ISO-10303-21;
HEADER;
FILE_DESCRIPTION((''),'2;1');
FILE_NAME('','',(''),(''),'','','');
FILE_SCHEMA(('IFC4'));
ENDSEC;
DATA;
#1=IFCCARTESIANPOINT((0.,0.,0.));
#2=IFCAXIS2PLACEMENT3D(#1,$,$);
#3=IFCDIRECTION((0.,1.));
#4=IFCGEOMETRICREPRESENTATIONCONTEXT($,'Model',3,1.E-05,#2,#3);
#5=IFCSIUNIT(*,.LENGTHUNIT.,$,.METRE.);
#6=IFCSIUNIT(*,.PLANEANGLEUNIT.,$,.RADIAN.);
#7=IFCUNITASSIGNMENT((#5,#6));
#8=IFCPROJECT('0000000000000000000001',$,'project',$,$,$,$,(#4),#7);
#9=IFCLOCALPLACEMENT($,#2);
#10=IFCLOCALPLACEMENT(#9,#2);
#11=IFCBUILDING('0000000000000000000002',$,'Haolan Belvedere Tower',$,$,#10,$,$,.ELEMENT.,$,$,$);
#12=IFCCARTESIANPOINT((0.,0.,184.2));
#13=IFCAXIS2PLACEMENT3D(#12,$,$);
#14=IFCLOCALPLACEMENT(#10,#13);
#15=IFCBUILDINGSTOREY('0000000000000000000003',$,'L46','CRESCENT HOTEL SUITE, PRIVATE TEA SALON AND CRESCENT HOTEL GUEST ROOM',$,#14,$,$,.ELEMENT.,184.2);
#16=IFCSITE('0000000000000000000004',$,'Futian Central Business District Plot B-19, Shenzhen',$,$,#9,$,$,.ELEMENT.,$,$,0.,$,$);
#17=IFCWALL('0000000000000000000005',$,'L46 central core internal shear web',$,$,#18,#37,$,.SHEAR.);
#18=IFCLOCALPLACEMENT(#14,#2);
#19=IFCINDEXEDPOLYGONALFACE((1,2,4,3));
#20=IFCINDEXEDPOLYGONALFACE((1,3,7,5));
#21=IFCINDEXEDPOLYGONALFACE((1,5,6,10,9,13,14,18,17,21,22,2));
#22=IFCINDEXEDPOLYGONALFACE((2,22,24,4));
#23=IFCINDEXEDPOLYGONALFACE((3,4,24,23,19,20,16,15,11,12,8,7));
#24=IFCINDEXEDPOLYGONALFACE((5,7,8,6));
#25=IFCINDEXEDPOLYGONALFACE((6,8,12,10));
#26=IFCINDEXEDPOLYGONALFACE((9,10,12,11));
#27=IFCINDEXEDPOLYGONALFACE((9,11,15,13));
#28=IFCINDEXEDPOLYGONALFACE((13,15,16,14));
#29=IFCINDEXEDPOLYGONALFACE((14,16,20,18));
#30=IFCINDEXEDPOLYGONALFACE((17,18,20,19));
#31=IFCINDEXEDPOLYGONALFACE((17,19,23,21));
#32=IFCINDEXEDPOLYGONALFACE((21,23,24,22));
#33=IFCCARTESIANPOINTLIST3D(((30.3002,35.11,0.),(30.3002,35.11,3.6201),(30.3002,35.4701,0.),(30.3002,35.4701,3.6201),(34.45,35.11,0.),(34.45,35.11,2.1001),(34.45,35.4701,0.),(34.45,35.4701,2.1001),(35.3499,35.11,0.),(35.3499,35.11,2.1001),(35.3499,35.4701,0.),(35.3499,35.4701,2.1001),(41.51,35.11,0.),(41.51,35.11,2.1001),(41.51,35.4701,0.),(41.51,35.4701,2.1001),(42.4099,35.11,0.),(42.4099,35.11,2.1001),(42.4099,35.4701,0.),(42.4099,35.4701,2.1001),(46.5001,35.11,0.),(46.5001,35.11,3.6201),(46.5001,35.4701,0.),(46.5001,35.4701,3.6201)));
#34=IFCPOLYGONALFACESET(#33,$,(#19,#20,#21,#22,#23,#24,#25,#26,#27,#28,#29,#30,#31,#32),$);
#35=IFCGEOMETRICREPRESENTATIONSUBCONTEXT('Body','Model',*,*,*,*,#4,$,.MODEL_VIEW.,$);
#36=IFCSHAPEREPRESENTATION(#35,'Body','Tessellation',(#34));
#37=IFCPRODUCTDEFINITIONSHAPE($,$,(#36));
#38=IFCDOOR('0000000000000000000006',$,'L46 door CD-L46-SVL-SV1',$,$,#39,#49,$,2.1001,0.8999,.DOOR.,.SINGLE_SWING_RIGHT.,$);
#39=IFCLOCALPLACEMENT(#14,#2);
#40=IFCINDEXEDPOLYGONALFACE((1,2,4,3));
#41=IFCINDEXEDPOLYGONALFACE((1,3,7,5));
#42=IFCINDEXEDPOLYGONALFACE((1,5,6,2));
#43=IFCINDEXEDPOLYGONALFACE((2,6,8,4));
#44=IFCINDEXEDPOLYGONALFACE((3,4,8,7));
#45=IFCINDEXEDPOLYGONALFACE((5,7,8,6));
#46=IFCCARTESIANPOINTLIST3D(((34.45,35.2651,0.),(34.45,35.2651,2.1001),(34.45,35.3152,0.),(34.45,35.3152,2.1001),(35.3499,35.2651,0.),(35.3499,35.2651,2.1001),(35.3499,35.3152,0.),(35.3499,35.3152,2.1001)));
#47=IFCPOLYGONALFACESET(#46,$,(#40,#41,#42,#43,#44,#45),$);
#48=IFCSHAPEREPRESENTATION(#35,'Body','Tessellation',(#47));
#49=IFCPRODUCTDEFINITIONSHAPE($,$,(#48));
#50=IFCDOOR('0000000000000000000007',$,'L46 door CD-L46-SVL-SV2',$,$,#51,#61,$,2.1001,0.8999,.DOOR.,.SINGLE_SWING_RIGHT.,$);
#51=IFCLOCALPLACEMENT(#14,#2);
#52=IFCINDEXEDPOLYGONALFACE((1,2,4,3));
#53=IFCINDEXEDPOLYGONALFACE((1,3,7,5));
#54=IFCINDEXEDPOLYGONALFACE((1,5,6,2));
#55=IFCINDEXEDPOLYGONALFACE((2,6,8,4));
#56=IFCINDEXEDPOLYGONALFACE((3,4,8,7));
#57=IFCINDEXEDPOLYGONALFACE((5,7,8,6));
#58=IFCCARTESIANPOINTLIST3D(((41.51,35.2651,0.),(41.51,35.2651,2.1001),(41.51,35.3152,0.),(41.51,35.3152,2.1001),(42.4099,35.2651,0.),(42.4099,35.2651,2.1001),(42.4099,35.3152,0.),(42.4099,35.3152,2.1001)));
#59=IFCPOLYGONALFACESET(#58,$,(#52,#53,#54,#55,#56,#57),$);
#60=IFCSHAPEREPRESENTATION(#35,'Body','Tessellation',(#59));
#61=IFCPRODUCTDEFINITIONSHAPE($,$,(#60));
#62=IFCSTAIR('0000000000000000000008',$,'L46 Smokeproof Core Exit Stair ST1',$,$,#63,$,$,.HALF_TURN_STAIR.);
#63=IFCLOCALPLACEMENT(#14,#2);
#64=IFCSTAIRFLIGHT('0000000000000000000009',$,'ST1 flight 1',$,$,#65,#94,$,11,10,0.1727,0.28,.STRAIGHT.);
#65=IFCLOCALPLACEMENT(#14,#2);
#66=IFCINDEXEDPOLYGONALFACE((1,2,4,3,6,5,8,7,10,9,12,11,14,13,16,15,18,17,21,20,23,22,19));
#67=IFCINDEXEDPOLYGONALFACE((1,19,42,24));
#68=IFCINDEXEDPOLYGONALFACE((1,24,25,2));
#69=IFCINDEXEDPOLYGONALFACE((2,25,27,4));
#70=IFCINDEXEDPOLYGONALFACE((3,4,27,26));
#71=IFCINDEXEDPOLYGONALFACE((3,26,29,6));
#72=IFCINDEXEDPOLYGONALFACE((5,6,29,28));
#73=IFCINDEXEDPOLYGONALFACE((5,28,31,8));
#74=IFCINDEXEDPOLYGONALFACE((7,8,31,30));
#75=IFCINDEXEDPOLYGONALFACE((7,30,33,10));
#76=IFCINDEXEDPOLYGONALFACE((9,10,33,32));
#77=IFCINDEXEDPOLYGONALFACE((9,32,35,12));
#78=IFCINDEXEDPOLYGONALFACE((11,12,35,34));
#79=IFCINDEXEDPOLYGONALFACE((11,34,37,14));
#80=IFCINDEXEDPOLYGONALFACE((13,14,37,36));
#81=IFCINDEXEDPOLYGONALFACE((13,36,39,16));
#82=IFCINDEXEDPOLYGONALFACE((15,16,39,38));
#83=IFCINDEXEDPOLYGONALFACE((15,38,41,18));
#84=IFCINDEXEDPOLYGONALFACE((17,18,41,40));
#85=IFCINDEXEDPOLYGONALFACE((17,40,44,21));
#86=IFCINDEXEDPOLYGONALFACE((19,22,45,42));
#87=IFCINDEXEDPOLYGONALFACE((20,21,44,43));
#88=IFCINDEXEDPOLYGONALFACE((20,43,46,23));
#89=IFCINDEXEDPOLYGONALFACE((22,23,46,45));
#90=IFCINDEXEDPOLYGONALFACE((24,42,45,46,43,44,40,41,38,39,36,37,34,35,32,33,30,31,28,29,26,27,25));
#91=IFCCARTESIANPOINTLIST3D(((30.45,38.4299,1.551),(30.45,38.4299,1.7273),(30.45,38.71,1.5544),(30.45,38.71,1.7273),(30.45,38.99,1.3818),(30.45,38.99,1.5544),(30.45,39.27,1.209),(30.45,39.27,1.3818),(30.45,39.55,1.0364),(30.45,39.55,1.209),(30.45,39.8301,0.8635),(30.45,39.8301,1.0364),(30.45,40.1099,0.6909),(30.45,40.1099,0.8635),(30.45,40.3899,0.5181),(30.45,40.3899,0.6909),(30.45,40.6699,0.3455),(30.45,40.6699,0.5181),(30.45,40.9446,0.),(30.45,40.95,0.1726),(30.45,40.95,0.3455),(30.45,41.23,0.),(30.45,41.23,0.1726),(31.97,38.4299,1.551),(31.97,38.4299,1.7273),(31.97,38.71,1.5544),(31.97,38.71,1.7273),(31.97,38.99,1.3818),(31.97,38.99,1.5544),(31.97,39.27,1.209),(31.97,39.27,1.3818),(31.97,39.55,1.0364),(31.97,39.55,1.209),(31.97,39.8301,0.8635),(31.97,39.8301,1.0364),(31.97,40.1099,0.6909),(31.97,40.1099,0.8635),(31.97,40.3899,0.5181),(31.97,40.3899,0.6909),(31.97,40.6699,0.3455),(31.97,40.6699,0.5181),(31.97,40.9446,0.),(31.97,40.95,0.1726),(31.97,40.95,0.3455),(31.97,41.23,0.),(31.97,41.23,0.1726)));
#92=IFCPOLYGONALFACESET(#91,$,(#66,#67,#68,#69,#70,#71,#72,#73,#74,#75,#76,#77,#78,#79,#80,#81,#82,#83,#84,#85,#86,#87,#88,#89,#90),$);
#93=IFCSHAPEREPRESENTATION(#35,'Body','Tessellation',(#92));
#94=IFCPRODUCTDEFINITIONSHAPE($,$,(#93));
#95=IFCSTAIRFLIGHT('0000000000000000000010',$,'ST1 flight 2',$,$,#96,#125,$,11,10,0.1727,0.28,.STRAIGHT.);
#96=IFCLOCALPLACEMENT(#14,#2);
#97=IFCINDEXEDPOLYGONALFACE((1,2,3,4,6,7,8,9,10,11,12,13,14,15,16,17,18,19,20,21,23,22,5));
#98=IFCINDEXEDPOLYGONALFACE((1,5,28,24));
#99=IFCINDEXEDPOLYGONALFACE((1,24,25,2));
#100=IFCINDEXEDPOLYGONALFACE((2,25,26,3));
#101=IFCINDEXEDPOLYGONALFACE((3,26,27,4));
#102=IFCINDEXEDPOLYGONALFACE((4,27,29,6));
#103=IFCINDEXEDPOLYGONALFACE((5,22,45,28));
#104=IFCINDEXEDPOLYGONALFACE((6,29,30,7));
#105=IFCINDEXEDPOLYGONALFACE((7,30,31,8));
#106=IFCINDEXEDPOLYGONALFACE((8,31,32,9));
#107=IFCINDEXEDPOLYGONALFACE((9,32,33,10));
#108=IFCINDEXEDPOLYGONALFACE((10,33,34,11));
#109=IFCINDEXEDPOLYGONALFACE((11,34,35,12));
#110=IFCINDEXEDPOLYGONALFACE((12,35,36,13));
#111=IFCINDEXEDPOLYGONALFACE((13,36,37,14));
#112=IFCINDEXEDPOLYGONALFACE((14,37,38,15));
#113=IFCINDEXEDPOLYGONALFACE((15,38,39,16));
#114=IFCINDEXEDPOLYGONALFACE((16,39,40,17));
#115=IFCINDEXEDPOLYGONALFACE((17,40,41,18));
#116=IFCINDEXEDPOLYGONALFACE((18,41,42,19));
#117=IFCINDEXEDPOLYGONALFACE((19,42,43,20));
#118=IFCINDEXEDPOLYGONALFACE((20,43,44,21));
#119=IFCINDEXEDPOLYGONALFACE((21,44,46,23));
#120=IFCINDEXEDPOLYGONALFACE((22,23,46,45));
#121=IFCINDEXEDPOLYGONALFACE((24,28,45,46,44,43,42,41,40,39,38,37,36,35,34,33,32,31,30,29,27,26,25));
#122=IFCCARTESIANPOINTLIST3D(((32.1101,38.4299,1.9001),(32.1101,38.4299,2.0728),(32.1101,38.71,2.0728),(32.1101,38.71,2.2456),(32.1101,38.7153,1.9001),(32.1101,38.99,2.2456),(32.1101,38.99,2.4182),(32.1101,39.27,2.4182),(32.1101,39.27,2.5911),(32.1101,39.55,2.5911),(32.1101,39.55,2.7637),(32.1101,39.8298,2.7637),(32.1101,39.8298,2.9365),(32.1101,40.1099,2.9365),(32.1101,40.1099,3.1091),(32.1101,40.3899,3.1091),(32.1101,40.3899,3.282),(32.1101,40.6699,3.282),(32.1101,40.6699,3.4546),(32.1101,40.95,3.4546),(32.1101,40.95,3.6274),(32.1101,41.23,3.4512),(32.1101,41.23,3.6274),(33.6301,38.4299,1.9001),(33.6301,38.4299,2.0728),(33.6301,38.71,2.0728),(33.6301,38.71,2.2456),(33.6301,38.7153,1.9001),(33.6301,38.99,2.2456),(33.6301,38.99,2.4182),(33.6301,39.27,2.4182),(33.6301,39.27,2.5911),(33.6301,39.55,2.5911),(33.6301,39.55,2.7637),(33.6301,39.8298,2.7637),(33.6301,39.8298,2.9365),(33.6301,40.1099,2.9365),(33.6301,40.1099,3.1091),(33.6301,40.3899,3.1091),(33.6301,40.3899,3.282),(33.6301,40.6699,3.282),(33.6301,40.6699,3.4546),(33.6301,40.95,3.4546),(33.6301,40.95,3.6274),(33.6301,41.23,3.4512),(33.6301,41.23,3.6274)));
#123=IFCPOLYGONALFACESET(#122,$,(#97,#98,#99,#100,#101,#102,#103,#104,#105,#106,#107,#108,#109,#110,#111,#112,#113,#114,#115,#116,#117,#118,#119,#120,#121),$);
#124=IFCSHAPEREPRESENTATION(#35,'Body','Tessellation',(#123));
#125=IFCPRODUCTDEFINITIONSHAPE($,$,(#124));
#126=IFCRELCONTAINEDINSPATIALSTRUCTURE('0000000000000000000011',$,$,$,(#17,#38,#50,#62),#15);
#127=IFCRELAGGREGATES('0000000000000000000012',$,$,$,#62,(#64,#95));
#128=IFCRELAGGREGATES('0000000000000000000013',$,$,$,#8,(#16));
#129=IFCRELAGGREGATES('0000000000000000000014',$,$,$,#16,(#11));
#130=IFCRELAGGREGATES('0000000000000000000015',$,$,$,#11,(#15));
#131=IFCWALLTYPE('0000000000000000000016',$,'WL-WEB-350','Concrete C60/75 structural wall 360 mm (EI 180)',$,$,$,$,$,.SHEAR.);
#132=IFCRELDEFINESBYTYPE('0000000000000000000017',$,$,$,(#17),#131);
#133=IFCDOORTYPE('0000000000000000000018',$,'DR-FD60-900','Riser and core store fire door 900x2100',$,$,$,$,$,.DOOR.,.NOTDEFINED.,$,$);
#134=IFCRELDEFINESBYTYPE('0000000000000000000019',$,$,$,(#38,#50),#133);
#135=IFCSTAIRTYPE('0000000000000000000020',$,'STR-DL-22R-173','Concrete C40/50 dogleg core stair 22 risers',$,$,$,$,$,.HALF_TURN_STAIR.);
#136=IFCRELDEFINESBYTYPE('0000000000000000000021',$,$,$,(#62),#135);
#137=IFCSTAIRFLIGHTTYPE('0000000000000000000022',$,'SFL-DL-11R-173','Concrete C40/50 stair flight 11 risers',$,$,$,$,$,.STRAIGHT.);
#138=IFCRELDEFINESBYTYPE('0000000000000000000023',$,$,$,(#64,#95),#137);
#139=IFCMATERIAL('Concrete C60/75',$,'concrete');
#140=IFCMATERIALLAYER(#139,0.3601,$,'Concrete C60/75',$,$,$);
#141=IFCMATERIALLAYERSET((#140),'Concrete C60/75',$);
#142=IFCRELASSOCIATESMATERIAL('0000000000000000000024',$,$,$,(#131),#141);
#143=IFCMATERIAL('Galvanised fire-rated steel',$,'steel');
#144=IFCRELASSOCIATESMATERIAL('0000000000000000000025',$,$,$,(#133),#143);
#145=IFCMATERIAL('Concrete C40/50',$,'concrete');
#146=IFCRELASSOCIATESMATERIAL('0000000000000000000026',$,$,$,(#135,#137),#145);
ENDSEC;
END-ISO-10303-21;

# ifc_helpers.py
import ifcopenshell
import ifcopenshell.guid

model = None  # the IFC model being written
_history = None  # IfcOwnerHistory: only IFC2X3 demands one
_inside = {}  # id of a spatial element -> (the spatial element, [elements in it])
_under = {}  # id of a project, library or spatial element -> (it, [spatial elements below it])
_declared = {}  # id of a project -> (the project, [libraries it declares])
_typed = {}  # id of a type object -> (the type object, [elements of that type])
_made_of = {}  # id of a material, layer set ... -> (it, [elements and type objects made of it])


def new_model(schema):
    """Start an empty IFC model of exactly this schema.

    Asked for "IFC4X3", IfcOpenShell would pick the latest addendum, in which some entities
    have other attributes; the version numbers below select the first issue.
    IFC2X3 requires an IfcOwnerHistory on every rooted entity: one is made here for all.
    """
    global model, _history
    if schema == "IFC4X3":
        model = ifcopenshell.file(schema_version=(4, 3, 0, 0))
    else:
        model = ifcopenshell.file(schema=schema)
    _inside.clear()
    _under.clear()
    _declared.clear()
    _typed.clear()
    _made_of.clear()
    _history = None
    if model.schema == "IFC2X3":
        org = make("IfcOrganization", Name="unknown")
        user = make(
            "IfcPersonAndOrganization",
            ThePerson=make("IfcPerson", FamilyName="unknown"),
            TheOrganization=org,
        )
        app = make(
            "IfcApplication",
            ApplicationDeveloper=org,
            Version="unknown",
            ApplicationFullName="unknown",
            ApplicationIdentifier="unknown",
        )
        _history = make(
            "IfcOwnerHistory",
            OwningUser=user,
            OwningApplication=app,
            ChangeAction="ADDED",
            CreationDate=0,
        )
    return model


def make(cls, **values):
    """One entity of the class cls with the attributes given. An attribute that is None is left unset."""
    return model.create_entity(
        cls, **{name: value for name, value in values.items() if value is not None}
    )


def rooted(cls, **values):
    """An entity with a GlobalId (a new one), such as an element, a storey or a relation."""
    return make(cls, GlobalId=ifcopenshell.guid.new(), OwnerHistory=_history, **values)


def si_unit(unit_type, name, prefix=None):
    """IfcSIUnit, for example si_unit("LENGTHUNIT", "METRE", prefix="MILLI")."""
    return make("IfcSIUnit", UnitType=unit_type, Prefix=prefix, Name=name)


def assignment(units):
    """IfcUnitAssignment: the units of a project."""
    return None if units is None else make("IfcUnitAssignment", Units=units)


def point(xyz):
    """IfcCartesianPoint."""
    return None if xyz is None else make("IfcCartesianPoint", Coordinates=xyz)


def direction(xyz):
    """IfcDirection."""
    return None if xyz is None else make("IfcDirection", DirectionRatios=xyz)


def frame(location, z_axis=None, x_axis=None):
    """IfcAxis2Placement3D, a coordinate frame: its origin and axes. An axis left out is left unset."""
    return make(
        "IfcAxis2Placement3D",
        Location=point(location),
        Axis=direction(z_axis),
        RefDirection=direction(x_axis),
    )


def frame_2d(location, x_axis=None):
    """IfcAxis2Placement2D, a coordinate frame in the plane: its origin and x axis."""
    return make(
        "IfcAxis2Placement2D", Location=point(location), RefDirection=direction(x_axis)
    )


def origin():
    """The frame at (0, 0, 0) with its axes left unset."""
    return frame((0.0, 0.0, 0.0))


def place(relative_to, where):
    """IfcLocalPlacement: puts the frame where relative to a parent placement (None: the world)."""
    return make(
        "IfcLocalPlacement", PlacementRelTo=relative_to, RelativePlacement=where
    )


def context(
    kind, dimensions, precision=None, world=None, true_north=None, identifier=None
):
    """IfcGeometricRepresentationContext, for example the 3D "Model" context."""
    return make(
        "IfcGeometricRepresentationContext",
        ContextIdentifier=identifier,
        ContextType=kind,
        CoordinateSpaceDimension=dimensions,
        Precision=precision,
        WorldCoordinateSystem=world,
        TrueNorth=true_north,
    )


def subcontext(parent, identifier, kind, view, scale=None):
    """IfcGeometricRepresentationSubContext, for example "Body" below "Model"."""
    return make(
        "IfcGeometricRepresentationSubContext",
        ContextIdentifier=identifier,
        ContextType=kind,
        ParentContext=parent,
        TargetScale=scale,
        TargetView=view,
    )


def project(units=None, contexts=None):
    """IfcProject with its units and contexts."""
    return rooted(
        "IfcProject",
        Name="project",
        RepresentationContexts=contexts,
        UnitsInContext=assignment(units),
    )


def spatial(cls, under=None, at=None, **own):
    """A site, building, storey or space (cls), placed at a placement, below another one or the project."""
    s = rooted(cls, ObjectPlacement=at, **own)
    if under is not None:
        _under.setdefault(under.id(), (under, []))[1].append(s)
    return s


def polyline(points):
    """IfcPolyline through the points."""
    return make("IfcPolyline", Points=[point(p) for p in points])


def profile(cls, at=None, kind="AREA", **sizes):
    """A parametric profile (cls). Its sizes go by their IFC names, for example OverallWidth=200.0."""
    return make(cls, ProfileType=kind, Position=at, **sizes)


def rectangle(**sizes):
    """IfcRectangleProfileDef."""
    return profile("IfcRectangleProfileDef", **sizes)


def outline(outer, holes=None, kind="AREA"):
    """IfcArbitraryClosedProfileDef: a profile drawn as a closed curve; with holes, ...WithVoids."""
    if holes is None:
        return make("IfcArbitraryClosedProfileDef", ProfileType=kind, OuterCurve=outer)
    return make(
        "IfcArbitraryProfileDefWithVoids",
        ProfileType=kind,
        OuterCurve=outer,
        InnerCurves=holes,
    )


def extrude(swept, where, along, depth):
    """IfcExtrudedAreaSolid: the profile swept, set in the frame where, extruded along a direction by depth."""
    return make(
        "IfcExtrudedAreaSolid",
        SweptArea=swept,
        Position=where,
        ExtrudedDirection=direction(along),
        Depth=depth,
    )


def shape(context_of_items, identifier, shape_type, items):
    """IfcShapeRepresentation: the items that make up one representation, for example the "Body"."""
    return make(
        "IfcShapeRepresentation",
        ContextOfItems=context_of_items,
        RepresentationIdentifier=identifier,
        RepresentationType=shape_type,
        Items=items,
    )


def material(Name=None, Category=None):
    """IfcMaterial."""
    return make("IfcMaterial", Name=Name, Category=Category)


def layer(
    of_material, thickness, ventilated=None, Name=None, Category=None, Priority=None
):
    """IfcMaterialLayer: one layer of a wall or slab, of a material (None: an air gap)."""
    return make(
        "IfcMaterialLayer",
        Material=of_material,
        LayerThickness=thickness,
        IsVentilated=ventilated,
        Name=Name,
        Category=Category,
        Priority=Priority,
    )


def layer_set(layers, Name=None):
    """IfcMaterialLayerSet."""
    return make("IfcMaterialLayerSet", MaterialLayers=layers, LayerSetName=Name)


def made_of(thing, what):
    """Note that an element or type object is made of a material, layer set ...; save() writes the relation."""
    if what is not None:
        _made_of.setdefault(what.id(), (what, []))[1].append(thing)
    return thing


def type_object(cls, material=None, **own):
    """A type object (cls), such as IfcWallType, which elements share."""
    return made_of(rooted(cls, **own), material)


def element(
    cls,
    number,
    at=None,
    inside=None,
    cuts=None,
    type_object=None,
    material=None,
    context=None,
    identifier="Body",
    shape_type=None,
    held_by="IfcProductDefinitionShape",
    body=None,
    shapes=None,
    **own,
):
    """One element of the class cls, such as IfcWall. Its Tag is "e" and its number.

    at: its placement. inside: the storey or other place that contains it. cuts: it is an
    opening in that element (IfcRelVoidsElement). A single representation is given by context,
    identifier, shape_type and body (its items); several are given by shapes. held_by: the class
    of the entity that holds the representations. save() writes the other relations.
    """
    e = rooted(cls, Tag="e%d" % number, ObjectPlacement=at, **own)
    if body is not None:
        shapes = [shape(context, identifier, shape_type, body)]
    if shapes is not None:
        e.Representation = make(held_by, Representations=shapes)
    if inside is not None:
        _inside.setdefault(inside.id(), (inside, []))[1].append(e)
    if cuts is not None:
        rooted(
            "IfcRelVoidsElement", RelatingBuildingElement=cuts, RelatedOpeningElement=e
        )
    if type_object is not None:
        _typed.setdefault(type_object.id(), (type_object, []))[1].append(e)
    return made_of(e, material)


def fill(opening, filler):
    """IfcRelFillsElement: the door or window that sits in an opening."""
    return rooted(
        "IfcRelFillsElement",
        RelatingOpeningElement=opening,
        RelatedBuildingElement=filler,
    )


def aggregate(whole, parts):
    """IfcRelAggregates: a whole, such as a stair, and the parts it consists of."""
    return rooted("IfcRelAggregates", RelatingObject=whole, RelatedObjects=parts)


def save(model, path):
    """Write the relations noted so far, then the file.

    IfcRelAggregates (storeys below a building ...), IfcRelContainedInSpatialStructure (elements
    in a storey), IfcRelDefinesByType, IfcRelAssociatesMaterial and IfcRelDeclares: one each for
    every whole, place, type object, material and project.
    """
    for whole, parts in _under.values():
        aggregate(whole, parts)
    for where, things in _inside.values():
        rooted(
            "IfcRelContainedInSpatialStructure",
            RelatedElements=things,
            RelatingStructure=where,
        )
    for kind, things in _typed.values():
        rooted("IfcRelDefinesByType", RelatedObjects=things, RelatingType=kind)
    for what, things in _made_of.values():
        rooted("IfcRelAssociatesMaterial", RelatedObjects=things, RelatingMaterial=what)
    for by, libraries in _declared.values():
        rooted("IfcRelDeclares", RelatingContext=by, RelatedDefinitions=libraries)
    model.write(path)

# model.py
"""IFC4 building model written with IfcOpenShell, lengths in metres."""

from ifc_helpers import new_model, si_unit, direction, frame, frame_2d, origin, place, context, subcontext, project, spatial, polyline, rectangle, outline, extrude, material, layer, layer_set, type_object, element, fill, aggregate, save


model = new_model("IFC4")

# Units and contexts
model_context = context("Model", 3, precision=1e-05, world=origin(), true_north=direction((0.0, 1.0)))
body_context = subcontext(model_context, "Body", "Model", "MODEL_VIEW")
ifc_project = project(units=[si_unit("LENGTHUNIT", "METRE"), si_unit("PLANEANGLEUNIT", "RADIAN")], contexts=[model_context])

# Site, building, storey
site_placement = place(None, origin())
site = spatial("IfcSite", under=ifc_project, at=site_placement, Name="Futian Central Business District Plot B-19, Shenzhen", CompositionType="ELEMENT", RefElevation=0.0)
building_placement = place(site_placement, origin())
building = spatial("IfcBuilding", under=site, at=building_placement, Name="Haolan Belvedere Tower", CompositionType="ELEMENT")
storey_placement = place(building_placement, frame((0.0, 0.0, 184.2)))
storey = spatial("IfcBuildingStorey", under=building, at=storey_placement, Name="L46", Description="CRESCENT HOTEL SUITE, PRIVATE TEA SALON AND CRESCENT HOTEL GUEST ROOM", CompositionType="ELEMENT", Elevation=184.2)

# Wall, openings, doors
ifc_material_1 = material(Name="Concrete C60/75", Category="concrete")
ifc_layer_1 = layer(ifc_material_1, 0.3601, Name="Concrete C60/75")
ifc_layer_set_1 = layer_set([ifc_layer_1], Name="Concrete C60/75")
wall_type_1 = type_object("IfcWallType", Name="WL-WEB-350", Description="Concrete C60/75 structural wall 360 mm (EI 180)", PredefinedType="SHEAR", material=ifc_layer_set_1)
wall_1_placement = place(storey_placement, frame((30.3, 35.29, 0.0), z_axis=(0.0, 0.0, 1.0), x_axis=(1.0, 0.0, 0.0)))
wall_1 = element("IfcWall", 1, at=wall_1_placement, inside=storey, type_object=wall_type_1, Name="L46 central core internal shear web", PredefinedType="SHEAR", context=body_context, shape_type="SweptSolid", body=[
    extrude(rectangle(XDim=16.2, YDim=0.3601, at=frame_2d((8.1001, 0.0))), origin(), (0.0, 0.0, 1.0), 3.6201),
])
opening_1_placement = place(wall_1_placement, frame((5.0498, 0.0, 0.0), z_axis=(0.0, 0.0, 1.0), x_axis=(-1.0, 0.0, 0.0)))
opening_1 = element("IfcOpeningElement", 2, at=opening_1_placement, cuts=wall_1, PredefinedType="OPENING", context=body_context, shape_type="SweptSolid", body=[
    extrude(rectangle(XDim=0.8999, YDim=2.1001, at=frame_2d((0.45, 1.05))), frame((0.0, 0.1899, 0.0), z_axis=(0.0, -1.0, 0.0), x_axis=(1.0, 0.0, 0.0)), (0.0, 0.0, 1.0), 0.3801),
])
opening_2_placement = place(wall_1_placement, frame((12.1099, 0.0, 0.0), z_axis=(0.0, 0.0, 1.0), x_axis=(-1.0, 0.0, 0.0)))
opening_2 = element("IfcOpeningElement", 3, at=opening_2_placement, cuts=wall_1, PredefinedType="OPENING", context=body_context, shape_type="SweptSolid", body=[
    extrude(rectangle(XDim=0.8999, YDim=2.1001, at=frame_2d((0.45, 1.05))), frame((0.0, 0.1899, 0.0), z_axis=(0.0, -1.0, 0.0), x_axis=(1.0, 0.0, 0.0)), (0.0, 0.0, 1.0), 0.3801),
])
ifc_material_2 = material(Name="Galvanised fire-rated steel", Category="steel")
door_type_1 = type_object("IfcDoorType", Name="DR-FD60-900", Description="Riser and core store fire door 900x2100", OperationType="NOTDEFINED", PredefinedType="DOOR", material=ifc_material_2)
door_1_placement = place(opening_1_placement, origin())
door_1 = element("IfcDoor", 4, at=door_1_placement, inside=storey, type_object=door_type_1, Name="L46 door CD-L46-SVL-SV1", OperationType="SINGLE_SWING_RIGHT", OverallHeight=2.1001, OverallWidth=0.8999, PredefinedType="DOOR", context=body_context, shape_type="SweptSolid", body=[
    extrude(rectangle(XDim=0.8999, YDim=2.1001, at=frame_2d((0.45, 1.05))), frame((0.0, 0.0249, 0.0), z_axis=(0.0, -1.0, 0.0), x_axis=(1.0, 0.0, 0.0)), (0.0, 0.0, 1.0), 0.05),
])
fill(opening_1, door_1)
door_2_placement = place(opening_2_placement, origin())
door_2 = element("IfcDoor", 5, at=door_2_placement, inside=storey, type_object=door_type_1, Name="L46 door CD-L46-SVL-SV2", OperationType="SINGLE_SWING_RIGHT", OverallHeight=2.1001, OverallWidth=0.8999, PredefinedType="DOOR", context=body_context, shape_type="SweptSolid", body=[
    extrude(rectangle(XDim=0.8999, YDim=2.1001, at=frame_2d((0.45, 1.05))), frame((0.0, 0.0249, 0.0), z_axis=(0.0, -1.0, 0.0), x_axis=(1.0, 0.0, 0.0)), (0.0, 0.0, 1.0), 0.05),
])
fill(opening_2, door_2)

# Stair, stair flights
ifc_material_3 = material(Name="Concrete C40/50", Category="concrete")
stair_type = type_object("IfcStairType", Name="STR-DL-22R-173", Description="Concrete C40/50 dogleg core stair 22 risers", PredefinedType="HALF_TURN_STAIR", material=ifc_material_3)
stair_placement = place(storey_placement, origin())
stair = element("IfcStair", 6, at=stair_placement, inside=storey, type_object=stair_type, Name="L46 Smokeproof Core Exit Stair ST1", PredefinedType="HALF_TURN_STAIR")
stair_flight_type = type_object("IfcStairFlightType", Name="SFL-DL-11R-173", Description="Concrete C40/50 stair flight 11 risers", PredefinedType="STRAIGHT", material=ifc_material_3)
stair_flight_1_placement = place(storey_placement, frame((31.21, 41.23, 0.0), z_axis=(0.0, 0.0, 1.0), x_axis=(0.0, -1.0, 0.0)))
stair_flight_1 = element("IfcStairFlight", 7, at=stair_flight_1_placement, type_object=stair_flight_type, Name="ST1 flight 1", NumberOfRisers=11, NumberOfTreads=10, PredefinedType="STRAIGHT", RiserHeight=0.1727, TreadLength=0.28, context=body_context, shape_type="SweptSolid", body=[
    extrude(outline(polyline([(0.0, 0.0), (0.0, 0.1726), (0.28, 0.1726), (0.28, 0.3455), (0.5601, 0.3455), (0.5601, 0.5181), (0.8401, 0.5181), (0.8401, 0.6909), (1.1201, 0.6909), (1.1201, 0.8635), (1.3999, 0.8635), (1.3999, 1.0364), (1.6799, 1.0364), (1.6799, 1.209), (1.96, 1.209), (1.96, 1.3818), (2.24, 1.3818), (2.24, 1.5544), (2.52, 1.5544), (2.52, 1.7273), (2.8, 1.7273), (2.8, 1.8999), (2.8, 1.551), (0.2854, 0.0), (0.0, 0.0)])), frame((0.0, 0.76, 0.0), z_axis=(0.0, -1.0, 0.0), x_axis=(1.0, 0.0, 0.0)), (0.0, 0.0, 1.0), 1.52),
])
stair_flight_2_placement = place(storey_placement, frame((32.8701, 38.4299, 1.9001), z_axis=(0.0, 0.0, 1.0), x_axis=(0.0, 1.0, 0.0)))
stair_flight_2 = element("IfcStairFlight", 8, at=stair_flight_2_placement, type_object=stair_flight_type, Name="ST1 flight 2", NumberOfRisers=11, NumberOfTreads=10, PredefinedType="STRAIGHT", RiserHeight=0.1727, TreadLength=0.28, context=body_context, shape_type="SweptSolid", body=[
    extrude(outline(polyline([(0.0, 0.0), (0.0, 0.1726), (0.28, 0.1726), (0.28, 0.3455), (0.5601, 0.3455), (0.5601, 0.5181), (0.8401, 0.5181), (0.8401, 0.6909), (1.1201, 0.6909), (1.1201, 0.8635), (1.3999, 0.8635), (1.3999, 1.0364), (1.6799, 1.0364), (1.6799, 1.209), (1.96, 1.209), (1.96, 1.3818), (2.24, 1.3818), (2.24, 1.5544), (2.52, 1.5544), (2.52, 1.7273), (2.8, 1.7273), (2.8, 1.8999), (2.8, 1.551), (0.2854, 0.0), (0.0, 0.0)])), frame((0.0, 0.76, 0.0), z_axis=(0.0, -1.0, 0.0), x_axis=(1.0, 0.0, 0.0)), (0.0, 0.0, 1.0), 1.52),
])
aggregate(stair, [stair_flight_1, stair_flight_2])

save(model, "model.ifc")
